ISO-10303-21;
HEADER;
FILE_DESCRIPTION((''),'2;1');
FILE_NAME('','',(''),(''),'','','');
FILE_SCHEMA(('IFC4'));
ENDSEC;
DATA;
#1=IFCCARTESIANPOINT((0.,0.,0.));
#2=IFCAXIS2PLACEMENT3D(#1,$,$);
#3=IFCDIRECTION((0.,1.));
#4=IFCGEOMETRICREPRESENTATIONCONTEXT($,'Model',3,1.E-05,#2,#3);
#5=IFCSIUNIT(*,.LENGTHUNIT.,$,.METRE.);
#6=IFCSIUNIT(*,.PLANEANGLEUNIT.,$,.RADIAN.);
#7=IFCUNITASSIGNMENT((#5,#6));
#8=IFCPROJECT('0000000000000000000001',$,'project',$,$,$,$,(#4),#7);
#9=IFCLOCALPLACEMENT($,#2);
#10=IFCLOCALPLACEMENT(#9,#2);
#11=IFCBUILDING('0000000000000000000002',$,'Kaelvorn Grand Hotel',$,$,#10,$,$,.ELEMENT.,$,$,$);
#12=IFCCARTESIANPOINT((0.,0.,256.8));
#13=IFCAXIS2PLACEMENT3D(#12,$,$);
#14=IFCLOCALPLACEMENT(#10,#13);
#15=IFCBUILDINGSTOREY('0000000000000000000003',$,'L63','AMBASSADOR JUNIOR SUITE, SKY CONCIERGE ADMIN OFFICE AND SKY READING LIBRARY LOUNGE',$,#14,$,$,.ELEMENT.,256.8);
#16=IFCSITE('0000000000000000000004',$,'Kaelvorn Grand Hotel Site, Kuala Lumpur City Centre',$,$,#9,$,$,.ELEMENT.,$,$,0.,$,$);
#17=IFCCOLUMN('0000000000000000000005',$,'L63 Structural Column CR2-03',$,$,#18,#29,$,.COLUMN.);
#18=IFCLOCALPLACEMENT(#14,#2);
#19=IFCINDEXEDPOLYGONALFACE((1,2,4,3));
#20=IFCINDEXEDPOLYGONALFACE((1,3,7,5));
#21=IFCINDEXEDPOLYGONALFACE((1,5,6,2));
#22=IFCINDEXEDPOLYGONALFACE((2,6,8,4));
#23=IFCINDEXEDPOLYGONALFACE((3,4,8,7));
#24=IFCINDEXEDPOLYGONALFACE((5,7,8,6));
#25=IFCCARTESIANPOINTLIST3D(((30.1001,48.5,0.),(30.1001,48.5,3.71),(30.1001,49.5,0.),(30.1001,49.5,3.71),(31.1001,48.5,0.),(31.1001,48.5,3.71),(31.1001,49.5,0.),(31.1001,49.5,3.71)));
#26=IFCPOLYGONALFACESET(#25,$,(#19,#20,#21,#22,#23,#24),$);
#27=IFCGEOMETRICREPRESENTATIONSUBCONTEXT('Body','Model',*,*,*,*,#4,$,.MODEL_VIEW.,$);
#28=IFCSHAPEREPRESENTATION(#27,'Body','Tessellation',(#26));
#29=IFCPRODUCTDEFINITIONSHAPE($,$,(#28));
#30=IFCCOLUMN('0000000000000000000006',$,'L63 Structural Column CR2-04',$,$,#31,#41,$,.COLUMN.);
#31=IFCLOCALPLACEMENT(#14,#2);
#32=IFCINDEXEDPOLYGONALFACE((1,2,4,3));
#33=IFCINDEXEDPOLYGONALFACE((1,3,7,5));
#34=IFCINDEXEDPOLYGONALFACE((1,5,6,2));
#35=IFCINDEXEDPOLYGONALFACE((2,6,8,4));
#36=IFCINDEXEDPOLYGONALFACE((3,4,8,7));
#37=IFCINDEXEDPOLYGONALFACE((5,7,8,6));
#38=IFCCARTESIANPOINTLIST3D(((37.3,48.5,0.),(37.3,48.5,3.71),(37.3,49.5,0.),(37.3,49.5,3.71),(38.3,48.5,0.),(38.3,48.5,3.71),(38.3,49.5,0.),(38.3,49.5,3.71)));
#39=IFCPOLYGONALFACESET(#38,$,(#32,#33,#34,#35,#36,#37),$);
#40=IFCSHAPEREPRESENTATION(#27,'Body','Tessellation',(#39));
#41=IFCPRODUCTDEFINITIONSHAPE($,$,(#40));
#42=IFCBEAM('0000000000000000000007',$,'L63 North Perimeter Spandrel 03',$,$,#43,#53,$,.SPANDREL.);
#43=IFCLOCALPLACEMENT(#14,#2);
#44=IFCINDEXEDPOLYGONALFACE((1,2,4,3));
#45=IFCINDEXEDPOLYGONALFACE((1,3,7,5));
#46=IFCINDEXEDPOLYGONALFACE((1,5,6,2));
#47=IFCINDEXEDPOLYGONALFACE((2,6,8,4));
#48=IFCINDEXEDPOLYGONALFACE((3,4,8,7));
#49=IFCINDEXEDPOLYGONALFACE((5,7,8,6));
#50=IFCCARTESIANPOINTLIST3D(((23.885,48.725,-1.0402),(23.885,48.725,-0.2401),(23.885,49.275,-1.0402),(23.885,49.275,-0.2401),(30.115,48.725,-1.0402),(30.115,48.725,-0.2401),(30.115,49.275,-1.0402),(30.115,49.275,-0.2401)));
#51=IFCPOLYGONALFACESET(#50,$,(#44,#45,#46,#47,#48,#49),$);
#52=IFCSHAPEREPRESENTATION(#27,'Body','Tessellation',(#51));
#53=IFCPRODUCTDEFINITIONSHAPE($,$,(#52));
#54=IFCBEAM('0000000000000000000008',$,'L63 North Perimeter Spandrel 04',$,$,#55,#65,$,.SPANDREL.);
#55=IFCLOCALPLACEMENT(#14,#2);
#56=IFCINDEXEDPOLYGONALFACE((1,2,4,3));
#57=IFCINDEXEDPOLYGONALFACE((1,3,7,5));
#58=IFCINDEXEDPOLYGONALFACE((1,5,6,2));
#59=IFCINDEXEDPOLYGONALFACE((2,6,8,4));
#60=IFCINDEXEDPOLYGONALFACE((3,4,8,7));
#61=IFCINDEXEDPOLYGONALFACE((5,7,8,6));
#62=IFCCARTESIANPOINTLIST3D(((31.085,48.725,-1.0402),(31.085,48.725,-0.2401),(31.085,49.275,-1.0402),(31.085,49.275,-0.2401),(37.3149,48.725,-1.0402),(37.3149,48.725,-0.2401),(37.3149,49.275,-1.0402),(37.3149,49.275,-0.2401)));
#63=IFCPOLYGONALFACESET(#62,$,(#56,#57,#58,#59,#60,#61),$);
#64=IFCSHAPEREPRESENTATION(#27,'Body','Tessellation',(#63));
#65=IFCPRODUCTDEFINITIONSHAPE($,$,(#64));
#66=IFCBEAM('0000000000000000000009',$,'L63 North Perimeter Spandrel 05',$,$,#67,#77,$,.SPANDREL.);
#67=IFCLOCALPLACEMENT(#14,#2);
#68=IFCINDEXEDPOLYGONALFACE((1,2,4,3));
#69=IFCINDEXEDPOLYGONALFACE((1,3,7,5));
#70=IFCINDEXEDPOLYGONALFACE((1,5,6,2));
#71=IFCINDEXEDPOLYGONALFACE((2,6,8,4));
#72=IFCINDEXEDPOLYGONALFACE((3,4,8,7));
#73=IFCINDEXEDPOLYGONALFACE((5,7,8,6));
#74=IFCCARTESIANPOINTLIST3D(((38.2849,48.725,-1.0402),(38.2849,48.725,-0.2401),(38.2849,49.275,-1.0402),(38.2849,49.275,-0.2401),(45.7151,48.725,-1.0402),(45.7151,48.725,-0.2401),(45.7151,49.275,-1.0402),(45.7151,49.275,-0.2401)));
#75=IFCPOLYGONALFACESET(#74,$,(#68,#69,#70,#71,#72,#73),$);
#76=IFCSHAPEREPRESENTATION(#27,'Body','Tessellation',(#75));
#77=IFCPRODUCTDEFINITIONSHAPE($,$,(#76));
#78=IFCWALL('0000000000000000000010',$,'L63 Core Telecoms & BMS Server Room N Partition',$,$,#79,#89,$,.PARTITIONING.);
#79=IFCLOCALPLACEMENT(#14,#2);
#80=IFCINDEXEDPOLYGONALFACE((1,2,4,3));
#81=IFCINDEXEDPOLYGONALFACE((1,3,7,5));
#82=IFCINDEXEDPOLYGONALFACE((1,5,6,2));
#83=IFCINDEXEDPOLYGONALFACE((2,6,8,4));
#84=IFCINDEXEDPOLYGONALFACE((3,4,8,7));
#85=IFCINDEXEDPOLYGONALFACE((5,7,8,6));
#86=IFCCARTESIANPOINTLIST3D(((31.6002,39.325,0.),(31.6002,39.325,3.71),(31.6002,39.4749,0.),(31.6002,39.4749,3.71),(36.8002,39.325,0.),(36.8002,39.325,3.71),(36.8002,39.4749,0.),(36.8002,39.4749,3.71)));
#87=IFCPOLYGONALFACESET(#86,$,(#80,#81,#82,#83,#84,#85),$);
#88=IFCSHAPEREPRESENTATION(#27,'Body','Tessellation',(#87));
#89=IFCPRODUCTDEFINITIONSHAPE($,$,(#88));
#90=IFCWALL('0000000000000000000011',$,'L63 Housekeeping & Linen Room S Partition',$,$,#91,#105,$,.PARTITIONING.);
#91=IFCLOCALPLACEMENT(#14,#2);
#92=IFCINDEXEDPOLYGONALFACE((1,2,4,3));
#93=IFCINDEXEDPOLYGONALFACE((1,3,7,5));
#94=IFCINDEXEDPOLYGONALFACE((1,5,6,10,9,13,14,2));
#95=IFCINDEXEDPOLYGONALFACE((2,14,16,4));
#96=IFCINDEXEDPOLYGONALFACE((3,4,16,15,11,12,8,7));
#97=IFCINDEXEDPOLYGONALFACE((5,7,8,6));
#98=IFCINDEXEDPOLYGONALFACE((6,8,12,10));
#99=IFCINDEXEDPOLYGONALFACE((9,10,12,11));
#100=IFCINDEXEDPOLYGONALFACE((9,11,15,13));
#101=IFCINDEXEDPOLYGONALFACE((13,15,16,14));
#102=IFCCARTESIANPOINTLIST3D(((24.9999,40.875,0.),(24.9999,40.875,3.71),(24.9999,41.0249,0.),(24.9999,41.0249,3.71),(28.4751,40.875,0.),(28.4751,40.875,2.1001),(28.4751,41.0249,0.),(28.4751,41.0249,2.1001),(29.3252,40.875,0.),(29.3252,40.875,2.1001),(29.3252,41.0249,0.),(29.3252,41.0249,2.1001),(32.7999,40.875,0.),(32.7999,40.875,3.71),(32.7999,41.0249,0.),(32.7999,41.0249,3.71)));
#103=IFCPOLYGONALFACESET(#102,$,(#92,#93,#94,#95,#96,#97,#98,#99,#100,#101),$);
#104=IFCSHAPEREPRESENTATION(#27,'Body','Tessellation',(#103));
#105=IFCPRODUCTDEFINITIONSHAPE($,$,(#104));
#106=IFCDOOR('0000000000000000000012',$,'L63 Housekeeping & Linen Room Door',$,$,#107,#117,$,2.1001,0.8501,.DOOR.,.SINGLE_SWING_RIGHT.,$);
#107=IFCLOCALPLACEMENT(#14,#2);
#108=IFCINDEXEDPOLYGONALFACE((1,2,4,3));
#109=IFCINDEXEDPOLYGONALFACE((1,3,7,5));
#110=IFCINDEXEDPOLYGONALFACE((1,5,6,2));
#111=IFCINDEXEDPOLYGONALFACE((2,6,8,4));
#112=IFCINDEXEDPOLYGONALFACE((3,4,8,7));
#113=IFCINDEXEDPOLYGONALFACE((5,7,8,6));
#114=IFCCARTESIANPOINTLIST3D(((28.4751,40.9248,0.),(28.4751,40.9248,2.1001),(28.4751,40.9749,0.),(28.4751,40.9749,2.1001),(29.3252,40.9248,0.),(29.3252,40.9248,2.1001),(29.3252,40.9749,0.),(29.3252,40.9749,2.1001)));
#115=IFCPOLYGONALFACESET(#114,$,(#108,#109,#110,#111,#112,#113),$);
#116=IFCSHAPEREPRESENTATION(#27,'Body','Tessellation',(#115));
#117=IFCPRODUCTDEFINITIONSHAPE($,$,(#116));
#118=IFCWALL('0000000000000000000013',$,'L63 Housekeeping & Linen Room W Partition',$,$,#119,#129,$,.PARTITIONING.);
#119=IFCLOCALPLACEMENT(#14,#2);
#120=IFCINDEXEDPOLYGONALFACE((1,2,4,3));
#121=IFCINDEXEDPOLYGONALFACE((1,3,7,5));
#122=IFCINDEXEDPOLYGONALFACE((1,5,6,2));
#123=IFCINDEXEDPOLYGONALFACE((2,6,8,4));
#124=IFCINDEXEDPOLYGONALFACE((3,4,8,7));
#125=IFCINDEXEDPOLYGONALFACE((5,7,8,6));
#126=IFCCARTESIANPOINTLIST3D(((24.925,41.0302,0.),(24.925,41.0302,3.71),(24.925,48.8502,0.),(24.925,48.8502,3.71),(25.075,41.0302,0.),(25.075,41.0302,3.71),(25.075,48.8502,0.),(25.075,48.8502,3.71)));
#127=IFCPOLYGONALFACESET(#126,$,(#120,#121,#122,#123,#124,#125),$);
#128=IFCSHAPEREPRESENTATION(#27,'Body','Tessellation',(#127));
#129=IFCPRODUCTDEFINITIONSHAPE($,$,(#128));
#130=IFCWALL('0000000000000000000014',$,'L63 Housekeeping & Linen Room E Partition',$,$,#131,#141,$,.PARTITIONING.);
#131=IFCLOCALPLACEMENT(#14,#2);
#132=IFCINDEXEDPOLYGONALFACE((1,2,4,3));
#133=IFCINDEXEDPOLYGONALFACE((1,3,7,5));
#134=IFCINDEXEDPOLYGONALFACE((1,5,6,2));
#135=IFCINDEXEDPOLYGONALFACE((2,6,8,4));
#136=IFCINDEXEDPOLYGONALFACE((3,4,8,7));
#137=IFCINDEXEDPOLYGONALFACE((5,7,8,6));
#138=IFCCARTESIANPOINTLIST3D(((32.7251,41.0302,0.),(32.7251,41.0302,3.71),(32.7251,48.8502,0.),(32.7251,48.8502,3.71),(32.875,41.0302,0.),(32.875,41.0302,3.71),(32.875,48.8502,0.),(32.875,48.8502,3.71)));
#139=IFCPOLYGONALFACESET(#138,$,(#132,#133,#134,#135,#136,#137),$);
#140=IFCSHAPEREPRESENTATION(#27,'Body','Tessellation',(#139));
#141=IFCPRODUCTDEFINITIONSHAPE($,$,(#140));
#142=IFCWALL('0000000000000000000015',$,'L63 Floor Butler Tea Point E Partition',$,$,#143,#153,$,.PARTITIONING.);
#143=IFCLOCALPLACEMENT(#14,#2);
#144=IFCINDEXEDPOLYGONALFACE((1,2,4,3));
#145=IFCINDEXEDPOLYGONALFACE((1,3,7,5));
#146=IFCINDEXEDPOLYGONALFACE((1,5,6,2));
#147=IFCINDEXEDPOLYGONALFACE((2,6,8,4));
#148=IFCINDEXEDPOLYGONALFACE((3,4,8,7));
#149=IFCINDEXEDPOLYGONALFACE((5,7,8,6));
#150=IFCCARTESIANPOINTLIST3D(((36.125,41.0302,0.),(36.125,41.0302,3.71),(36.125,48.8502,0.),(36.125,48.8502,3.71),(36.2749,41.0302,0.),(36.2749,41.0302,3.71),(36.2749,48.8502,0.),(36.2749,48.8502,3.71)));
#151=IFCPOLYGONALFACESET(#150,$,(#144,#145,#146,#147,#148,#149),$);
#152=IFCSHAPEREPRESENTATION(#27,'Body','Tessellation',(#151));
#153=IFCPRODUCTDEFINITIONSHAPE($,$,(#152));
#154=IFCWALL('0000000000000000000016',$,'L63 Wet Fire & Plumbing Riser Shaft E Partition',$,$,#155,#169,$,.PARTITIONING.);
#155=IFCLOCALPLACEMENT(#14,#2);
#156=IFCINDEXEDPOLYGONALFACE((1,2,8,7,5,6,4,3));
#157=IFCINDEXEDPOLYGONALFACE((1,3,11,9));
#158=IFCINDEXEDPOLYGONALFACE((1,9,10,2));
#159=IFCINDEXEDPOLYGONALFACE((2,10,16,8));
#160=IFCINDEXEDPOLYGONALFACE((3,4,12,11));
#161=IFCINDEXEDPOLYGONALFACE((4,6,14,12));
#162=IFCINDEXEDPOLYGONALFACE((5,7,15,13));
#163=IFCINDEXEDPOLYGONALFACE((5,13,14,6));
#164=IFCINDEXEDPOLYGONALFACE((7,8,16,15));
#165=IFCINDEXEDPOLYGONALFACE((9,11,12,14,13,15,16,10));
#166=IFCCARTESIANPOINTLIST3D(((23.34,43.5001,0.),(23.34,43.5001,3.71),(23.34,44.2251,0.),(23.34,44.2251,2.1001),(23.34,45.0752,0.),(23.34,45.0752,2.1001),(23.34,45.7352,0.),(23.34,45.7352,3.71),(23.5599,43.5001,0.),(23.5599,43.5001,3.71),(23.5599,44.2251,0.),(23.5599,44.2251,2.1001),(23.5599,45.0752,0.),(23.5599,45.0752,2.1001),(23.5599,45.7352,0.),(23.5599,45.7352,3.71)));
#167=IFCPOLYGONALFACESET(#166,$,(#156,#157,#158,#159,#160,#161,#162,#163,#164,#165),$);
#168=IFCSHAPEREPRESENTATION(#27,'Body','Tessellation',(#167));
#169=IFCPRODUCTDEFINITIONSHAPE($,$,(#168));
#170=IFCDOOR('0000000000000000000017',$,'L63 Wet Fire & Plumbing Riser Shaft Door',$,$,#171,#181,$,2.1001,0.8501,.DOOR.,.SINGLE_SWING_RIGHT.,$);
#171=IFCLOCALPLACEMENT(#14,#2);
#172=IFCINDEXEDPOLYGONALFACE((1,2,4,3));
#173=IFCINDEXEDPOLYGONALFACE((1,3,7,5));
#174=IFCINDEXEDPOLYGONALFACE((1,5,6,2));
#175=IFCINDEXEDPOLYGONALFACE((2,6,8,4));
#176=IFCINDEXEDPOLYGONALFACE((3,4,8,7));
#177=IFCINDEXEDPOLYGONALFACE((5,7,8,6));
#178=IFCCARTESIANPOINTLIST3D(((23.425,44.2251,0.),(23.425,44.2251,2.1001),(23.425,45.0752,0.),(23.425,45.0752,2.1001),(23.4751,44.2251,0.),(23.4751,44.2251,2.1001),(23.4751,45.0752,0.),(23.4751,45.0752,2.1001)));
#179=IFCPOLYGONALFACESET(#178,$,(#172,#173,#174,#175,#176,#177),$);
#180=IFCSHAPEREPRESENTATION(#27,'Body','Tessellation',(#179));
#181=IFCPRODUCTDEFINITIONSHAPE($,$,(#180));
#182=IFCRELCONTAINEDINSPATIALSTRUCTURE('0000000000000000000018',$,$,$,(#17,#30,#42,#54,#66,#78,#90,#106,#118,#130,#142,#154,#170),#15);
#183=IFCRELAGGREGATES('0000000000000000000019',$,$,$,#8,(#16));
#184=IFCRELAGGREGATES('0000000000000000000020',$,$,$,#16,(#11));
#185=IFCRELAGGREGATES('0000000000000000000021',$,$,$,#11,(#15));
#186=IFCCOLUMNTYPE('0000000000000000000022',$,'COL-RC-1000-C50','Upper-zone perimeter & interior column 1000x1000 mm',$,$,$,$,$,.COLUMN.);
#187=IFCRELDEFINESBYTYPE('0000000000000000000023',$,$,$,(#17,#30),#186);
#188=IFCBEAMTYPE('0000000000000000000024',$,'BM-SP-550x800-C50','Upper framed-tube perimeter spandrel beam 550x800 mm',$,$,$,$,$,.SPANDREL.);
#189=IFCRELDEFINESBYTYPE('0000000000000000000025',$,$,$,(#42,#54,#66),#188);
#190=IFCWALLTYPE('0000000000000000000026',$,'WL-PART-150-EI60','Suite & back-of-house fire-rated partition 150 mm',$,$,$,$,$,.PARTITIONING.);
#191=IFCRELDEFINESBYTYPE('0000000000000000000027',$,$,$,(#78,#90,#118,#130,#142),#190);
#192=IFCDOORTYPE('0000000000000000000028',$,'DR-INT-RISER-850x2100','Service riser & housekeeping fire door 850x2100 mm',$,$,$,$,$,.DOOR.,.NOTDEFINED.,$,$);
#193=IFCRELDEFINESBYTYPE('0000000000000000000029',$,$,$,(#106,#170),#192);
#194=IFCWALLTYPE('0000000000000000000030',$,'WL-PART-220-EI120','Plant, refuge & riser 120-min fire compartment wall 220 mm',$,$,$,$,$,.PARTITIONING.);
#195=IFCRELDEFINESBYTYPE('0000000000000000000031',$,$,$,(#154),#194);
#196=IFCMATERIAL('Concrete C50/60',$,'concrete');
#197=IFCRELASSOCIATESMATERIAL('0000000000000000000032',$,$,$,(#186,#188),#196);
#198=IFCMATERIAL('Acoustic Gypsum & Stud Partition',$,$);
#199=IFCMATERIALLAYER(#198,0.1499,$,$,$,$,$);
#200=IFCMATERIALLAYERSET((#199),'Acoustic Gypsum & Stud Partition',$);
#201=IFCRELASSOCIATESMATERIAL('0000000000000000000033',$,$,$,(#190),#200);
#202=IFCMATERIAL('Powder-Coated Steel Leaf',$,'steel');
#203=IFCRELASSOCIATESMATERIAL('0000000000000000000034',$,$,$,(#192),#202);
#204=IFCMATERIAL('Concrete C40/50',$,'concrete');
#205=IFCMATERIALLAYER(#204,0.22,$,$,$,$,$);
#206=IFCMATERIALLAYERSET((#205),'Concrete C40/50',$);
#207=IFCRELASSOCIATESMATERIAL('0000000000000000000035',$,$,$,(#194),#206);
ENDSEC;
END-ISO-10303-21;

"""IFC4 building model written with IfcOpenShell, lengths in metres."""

from ifc_helpers import new_model, si_unit, direction, frame, frame_2d, origin, origin_2d, place, context, subcontext, project, spatial, rectangle, extrude, material, layer, layer_set, material_profile, profile_set, type_object, element, fill, save


model = new_model("IFC4")

# Units and contexts
model_context = context("Model", 3, precision=1e-05, world=origin(), true_north=direction((0.0, 1.0)))
body_context = subcontext(model_context, "Body", "Model", "MODEL_VIEW")
ifc_project = project(units=[si_unit("LENGTHUNIT", "METRE"), si_unit("PLANEANGLEUNIT", "RADIAN")], contexts=[model_context])

# Site, building, storey
site_placement = place(None, origin())
site = spatial("IfcSite", under=ifc_project, at=site_placement, Name="Kaelvorn Grand Hotel Site, Kuala Lumpur City Centre", CompositionType="ELEMENT", RefElevation=0.0)
building_placement = place(site_placement, origin())
building = spatial("IfcBuilding", under=site, at=building_placement, Name="Kaelvorn Grand Hotel", CompositionType="ELEMENT")
storey_placement = place(building_placement, frame((0.0, 0.0, 256.8)))
storey = spatial("IfcBuildingStorey", under=building, at=storey_placement, Name="L63", Description="AMBASSADOR JUNIOR SUITE, SKY CONCIERGE ADMIN OFFICE AND SKY READING LIBRARY LOUNGE", CompositionType="ELEMENT", Elevation=256.8)

# Columns
ifc_material_1 = material(Name="Concrete C50/60", Category="concrete")
ifc_material_profile_1 = material_profile(ifc_material_1, rectangle(XDim=1.0, YDim=1.0, at=origin_2d()), Name="RC COL 1000x1000")
ifc_profile_set_1 = profile_set([ifc_material_profile_1], Name="Concrete C50/60")
column_type = type_object("IfcColumnType", Name="COL-RC-1000-C50", Description="Upper-zone perimeter & interior column 1000x1000 mm", PredefinedType="COLUMN", material=ifc_profile_set_1)
for number, where, z_axis, x_axis, name in (
    (1, (30.6001, 49.0, 0.0), (0.0, 0.0, 1.0), (1.0, 0.0, 0.0), "L63 Structural Column CR2-03"),
    (2, (37.8, 49.0, 0.0), (0.0, 0.0, 1.0), (1.0, 0.0, 0.0), "L63 Structural Column CR2-04"),
):
    element("IfcColumn", number, at=place(storey_placement, frame(where, z_axis=z_axis, x_axis=x_axis)), inside=storey, type_object=column_type, Name=name, PredefinedType="COLUMN", context=body_context, shape_type="SweptSolid", body=[
        extrude(rectangle(XDim=1.0, YDim=1.0, at=origin_2d()), origin(), (0.0, 0.0, 1.0), 3.71),
    ])

# Beams
ifc_material_profile_2 = material_profile(ifc_material_1, rectangle(XDim=0.55, YDim=0.8, at=origin_2d()), Name="RC SPANDREL 550x800")
ifc_profile_set_2 = profile_set([ifc_material_profile_2], Name="Concrete C50/60")
beam_type = type_object("IfcBeamType", Name="BM-SP-550x800-C50", Description="Upper framed-tube perimeter spandrel beam 550x800 mm", PredefinedType="SPANDREL", material=ifc_profile_set_2)
for number, where, z_axis, x_axis, name in (
    (3, (23.885, 49.0, -0.6401), (1.0, 0.0, 0.0), (0.0, 1.0, 0.0), "L63 North Perimeter Spandrel 03"),
    (4, (31.085, 49.0, -0.6401), (1.0, 0.0, 0.0), (0.0, 1.0, 0.0), "L63 North Perimeter Spandrel 04"),
):
    element("IfcBeam", number, at=place(storey_placement, frame(where, z_axis=z_axis, x_axis=x_axis)), inside=storey, type_object=beam_type, Name=name, PredefinedType="SPANDREL", context=body_context, shape_type="SweptSolid", body=[
        extrude(rectangle(XDim=0.55, YDim=0.8, at=origin_2d()), origin(), (0.0, 0.0, 1.0), 6.23),
    ])
beam_placement = place(storey_placement, frame((38.2849, 49.0, -0.6401), z_axis=(1.0, 0.0, 0.0), x_axis=(0.0, 1.0, 0.0)))
element("IfcBeam", 5, at=beam_placement, inside=storey, type_object=beam_type, Name="L63 North Perimeter Spandrel 05", PredefinedType="SPANDREL", context=body_context, shape_type="SweptSolid", body=[
    extrude(rectangle(XDim=0.55, YDim=0.8, at=origin_2d()), origin(), (0.0, 0.0, 1.0), 7.4302),
])

# Wall
ifc_material_2 = material(Name="Acoustic Gypsum & Stud Partition")
ifc_layer_1 = layer(ifc_material_2, 0.1499)
ifc_layer_set_1 = layer_set([ifc_layer_1], Name="Acoustic Gypsum & Stud Partition")
wall_type_1 = type_object("IfcWallType", Name="WL-PART-150-EI60", Description="Suite & back-of-house fire-rated partition 150 mm", PredefinedType="PARTITIONING", material=ifc_layer_set_1)
wall_1_placement = place(storey_placement, frame((31.6001, 39.3999, 0.0), z_axis=(0.0, 0.0, 1.0), x_axis=(1.0, 0.0, 0.0)))
element("IfcWall", 6, at=wall_1_placement, inside=storey, type_object=wall_type_1, Name="L63 Core Telecoms & BMS Server Room N Partition", PredefinedType="PARTITIONING", context=body_context, shape_type="SweptSolid", body=[
    extrude(rectangle(XDim=5.2, YDim=0.1499, at=frame_2d((2.6001, 0.0))), origin(), (0.0, 0.0, 1.0), 3.71),
])

# Wall, opening, door
wall_2_placement = place(storey_placement, frame((25.0, 40.95, 0.0), z_axis=(0.0, 0.0, 1.0), x_axis=(1.0, 0.0, 0.0)))
wall_2 = element("IfcWall", 7, at=wall_2_placement, inside=storey, type_object=wall_type_1, Name="L63 Housekeeping & Linen Room S Partition", PredefinedType="PARTITIONING", context=body_context, shape_type="SweptSolid", body=[
    extrude(rectangle(XDim=7.8, YDim=0.1499, at=frame_2d((3.8999, 0.0))), origin(), (0.0, 0.0, 1.0), 3.71),
])
opening_1_placement = place(wall_2_placement, frame((3.4751, 0.0, 0.0)))
opening_1 = element("IfcOpeningElement", 8, at=opening_1_placement, cuts=wall_2, PredefinedType="OPENING", context=body_context, shape_type="SweptSolid", body=[
    extrude(rectangle(XDim=0.8501, YDim=2.1001, at=frame_2d((0.425, 1.05))), frame((0.0, 0.085, 0.0), z_axis=(0.0, -1.0, 0.0), x_axis=(1.0, 0.0, 0.0)), (0.0, 0.0, 1.0), 0.1699),
])
ifc_material_3 = material(Name="Powder-Coated Steel Leaf", Category="steel")
door_type_1 = type_object("IfcDoorType", Name="DR-INT-RISER-850x2100", Description="Service riser & housekeeping fire door 850x2100 mm", OperationType="NOTDEFINED", PredefinedType="DOOR", material=ifc_material_3)
door_1_placement = place(opening_1_placement, origin())
door_1 = element("IfcDoor", 9, at=door_1_placement, inside=storey, type_object=door_type_1, Name="L63 Housekeeping & Linen Room Door", OperationType="SINGLE_SWING_RIGHT", OverallHeight=2.1001, OverallWidth=0.8501, PredefinedType="DOOR", context=body_context, shape_type="SweptSolid", body=[
    extrude(rectangle(XDim=0.8501, YDim=2.1001, at=frame_2d((0.425, 1.05))), frame((0.0, 0.0249, 0.0), z_axis=(0.0, -1.0, 0.0), x_axis=(1.0, 0.0, 0.0)), (0.0, 0.0, 1.0), 0.05),
])
fill(opening_1, door_1)

# Walls
for number, where, z_axis, x_axis, name in (
    (10, (25.0, 41.03, 0.0), (0.0, 0.0, 1.0), (0.0, 1.0, 0.0), "L63 Housekeeping & Linen Room W Partition"),
    (11, (32.8, 41.03, 0.0), (0.0, 0.0, 1.0), (0.0, 1.0, 0.0), "L63 Housekeeping & Linen Room E Partition"),
):
    element("IfcWall", number, at=place(storey_placement, frame(where, z_axis=z_axis, x_axis=x_axis)), inside=storey, type_object=wall_type_1, Name=name, PredefinedType="PARTITIONING", context=body_context, shape_type="SweptSolid", body=[
        extrude(rectangle(XDim=7.8201, YDim=0.1499, at=frame_2d((3.9102, 0.0))), origin(), (0.0, 0.0, 1.0), 3.71),
    ])

# Wall
wall_3_placement = place(storey_placement, frame((36.2, 41.03, 0.0), z_axis=(0.0, 0.0, 1.0), x_axis=(0.0, 1.0, 0.0)))
element("IfcWall", 12, at=wall_3_placement, inside=storey, type_object=wall_type_1, Name="L63 Floor Butler Tea Point E Partition", PredefinedType="PARTITIONING", context=body_context, shape_type="SweptSolid", body=[
    extrude(rectangle(XDim=7.8201, YDim=0.1499, at=frame_2d((3.9102, 0.0))), origin(), (0.0, 0.0, 1.0), 3.71),
])

# Wall, opening, door
ifc_material_4 = material(Name="Concrete C40/50", Category="concrete")
ifc_layer_2 = layer(ifc_material_4, 0.22)
ifc_layer_set_2 = layer_set([ifc_layer_2], Name="Concrete C40/50")
wall_type_2 = type_object("IfcWallType", Name="WL-PART-220-EI120", Description="Plant, refuge & riser 120-min fire compartment wall 220 mm", PredefinedType="PARTITIONING", material=ifc_layer_set_2)
wall_4_placement = place(storey_placement, frame((23.45, 43.5, 0.0), z_axis=(0.0, 0.0, 1.0), x_axis=(0.0, 1.0, 0.0)))
wall_4 = element("IfcWall", 13, at=wall_4_placement, inside=storey, type_object=wall_type_2, Name="L63 Wet Fire & Plumbing Riser Shaft E Partition", PredefinedType="PARTITIONING", context=body_context, shape_type="SweptSolid", body=[
    extrude(rectangle(XDim=2.2351, YDim=0.22, at=frame_2d((1.1177, 0.0))), origin(), (0.0, 0.0, 1.0), 3.71),
])
opening_2_placement = place(wall_4_placement, frame((0.7251, 0.0, 0.0)))
opening_2 = element("IfcOpeningElement", 14, at=opening_2_placement, cuts=wall_4, PredefinedType="OPENING", context=body_context, shape_type="SweptSolid", body=[
    extrude(rectangle(XDim=0.8501, YDim=2.1001, at=frame_2d((0.425, 1.05))), frame((0.0, 0.1201, 0.0), z_axis=(0.0, -1.0, 0.0), x_axis=(1.0, 0.0, 0.0)), (0.0, 0.0, 1.0), 0.24),
])
door_2_placement = place(opening_2_placement, origin())
door_2 = element("IfcDoor", 15, at=door_2_placement, inside=storey, type_object=door_type_1, Name="L63 Wet Fire & Plumbing Riser Shaft Door", OperationType="SINGLE_SWING_RIGHT", OverallHeight=2.1001, OverallWidth=0.8501, PredefinedType="DOOR", context=body_context, shape_type="SweptSolid", body=[
    extrude(rectangle(XDim=0.8501, YDim=2.1001, at=frame_2d((0.425, 1.05))), frame((0.0, 0.0249, 0.0), z_axis=(0.0, -1.0, 0.0), x_axis=(1.0, 0.0, 0.0)), (0.0, 0.0, 1.0), 0.05),
])
fill(opening_2, door_2)

save(model, "model.ifc")
